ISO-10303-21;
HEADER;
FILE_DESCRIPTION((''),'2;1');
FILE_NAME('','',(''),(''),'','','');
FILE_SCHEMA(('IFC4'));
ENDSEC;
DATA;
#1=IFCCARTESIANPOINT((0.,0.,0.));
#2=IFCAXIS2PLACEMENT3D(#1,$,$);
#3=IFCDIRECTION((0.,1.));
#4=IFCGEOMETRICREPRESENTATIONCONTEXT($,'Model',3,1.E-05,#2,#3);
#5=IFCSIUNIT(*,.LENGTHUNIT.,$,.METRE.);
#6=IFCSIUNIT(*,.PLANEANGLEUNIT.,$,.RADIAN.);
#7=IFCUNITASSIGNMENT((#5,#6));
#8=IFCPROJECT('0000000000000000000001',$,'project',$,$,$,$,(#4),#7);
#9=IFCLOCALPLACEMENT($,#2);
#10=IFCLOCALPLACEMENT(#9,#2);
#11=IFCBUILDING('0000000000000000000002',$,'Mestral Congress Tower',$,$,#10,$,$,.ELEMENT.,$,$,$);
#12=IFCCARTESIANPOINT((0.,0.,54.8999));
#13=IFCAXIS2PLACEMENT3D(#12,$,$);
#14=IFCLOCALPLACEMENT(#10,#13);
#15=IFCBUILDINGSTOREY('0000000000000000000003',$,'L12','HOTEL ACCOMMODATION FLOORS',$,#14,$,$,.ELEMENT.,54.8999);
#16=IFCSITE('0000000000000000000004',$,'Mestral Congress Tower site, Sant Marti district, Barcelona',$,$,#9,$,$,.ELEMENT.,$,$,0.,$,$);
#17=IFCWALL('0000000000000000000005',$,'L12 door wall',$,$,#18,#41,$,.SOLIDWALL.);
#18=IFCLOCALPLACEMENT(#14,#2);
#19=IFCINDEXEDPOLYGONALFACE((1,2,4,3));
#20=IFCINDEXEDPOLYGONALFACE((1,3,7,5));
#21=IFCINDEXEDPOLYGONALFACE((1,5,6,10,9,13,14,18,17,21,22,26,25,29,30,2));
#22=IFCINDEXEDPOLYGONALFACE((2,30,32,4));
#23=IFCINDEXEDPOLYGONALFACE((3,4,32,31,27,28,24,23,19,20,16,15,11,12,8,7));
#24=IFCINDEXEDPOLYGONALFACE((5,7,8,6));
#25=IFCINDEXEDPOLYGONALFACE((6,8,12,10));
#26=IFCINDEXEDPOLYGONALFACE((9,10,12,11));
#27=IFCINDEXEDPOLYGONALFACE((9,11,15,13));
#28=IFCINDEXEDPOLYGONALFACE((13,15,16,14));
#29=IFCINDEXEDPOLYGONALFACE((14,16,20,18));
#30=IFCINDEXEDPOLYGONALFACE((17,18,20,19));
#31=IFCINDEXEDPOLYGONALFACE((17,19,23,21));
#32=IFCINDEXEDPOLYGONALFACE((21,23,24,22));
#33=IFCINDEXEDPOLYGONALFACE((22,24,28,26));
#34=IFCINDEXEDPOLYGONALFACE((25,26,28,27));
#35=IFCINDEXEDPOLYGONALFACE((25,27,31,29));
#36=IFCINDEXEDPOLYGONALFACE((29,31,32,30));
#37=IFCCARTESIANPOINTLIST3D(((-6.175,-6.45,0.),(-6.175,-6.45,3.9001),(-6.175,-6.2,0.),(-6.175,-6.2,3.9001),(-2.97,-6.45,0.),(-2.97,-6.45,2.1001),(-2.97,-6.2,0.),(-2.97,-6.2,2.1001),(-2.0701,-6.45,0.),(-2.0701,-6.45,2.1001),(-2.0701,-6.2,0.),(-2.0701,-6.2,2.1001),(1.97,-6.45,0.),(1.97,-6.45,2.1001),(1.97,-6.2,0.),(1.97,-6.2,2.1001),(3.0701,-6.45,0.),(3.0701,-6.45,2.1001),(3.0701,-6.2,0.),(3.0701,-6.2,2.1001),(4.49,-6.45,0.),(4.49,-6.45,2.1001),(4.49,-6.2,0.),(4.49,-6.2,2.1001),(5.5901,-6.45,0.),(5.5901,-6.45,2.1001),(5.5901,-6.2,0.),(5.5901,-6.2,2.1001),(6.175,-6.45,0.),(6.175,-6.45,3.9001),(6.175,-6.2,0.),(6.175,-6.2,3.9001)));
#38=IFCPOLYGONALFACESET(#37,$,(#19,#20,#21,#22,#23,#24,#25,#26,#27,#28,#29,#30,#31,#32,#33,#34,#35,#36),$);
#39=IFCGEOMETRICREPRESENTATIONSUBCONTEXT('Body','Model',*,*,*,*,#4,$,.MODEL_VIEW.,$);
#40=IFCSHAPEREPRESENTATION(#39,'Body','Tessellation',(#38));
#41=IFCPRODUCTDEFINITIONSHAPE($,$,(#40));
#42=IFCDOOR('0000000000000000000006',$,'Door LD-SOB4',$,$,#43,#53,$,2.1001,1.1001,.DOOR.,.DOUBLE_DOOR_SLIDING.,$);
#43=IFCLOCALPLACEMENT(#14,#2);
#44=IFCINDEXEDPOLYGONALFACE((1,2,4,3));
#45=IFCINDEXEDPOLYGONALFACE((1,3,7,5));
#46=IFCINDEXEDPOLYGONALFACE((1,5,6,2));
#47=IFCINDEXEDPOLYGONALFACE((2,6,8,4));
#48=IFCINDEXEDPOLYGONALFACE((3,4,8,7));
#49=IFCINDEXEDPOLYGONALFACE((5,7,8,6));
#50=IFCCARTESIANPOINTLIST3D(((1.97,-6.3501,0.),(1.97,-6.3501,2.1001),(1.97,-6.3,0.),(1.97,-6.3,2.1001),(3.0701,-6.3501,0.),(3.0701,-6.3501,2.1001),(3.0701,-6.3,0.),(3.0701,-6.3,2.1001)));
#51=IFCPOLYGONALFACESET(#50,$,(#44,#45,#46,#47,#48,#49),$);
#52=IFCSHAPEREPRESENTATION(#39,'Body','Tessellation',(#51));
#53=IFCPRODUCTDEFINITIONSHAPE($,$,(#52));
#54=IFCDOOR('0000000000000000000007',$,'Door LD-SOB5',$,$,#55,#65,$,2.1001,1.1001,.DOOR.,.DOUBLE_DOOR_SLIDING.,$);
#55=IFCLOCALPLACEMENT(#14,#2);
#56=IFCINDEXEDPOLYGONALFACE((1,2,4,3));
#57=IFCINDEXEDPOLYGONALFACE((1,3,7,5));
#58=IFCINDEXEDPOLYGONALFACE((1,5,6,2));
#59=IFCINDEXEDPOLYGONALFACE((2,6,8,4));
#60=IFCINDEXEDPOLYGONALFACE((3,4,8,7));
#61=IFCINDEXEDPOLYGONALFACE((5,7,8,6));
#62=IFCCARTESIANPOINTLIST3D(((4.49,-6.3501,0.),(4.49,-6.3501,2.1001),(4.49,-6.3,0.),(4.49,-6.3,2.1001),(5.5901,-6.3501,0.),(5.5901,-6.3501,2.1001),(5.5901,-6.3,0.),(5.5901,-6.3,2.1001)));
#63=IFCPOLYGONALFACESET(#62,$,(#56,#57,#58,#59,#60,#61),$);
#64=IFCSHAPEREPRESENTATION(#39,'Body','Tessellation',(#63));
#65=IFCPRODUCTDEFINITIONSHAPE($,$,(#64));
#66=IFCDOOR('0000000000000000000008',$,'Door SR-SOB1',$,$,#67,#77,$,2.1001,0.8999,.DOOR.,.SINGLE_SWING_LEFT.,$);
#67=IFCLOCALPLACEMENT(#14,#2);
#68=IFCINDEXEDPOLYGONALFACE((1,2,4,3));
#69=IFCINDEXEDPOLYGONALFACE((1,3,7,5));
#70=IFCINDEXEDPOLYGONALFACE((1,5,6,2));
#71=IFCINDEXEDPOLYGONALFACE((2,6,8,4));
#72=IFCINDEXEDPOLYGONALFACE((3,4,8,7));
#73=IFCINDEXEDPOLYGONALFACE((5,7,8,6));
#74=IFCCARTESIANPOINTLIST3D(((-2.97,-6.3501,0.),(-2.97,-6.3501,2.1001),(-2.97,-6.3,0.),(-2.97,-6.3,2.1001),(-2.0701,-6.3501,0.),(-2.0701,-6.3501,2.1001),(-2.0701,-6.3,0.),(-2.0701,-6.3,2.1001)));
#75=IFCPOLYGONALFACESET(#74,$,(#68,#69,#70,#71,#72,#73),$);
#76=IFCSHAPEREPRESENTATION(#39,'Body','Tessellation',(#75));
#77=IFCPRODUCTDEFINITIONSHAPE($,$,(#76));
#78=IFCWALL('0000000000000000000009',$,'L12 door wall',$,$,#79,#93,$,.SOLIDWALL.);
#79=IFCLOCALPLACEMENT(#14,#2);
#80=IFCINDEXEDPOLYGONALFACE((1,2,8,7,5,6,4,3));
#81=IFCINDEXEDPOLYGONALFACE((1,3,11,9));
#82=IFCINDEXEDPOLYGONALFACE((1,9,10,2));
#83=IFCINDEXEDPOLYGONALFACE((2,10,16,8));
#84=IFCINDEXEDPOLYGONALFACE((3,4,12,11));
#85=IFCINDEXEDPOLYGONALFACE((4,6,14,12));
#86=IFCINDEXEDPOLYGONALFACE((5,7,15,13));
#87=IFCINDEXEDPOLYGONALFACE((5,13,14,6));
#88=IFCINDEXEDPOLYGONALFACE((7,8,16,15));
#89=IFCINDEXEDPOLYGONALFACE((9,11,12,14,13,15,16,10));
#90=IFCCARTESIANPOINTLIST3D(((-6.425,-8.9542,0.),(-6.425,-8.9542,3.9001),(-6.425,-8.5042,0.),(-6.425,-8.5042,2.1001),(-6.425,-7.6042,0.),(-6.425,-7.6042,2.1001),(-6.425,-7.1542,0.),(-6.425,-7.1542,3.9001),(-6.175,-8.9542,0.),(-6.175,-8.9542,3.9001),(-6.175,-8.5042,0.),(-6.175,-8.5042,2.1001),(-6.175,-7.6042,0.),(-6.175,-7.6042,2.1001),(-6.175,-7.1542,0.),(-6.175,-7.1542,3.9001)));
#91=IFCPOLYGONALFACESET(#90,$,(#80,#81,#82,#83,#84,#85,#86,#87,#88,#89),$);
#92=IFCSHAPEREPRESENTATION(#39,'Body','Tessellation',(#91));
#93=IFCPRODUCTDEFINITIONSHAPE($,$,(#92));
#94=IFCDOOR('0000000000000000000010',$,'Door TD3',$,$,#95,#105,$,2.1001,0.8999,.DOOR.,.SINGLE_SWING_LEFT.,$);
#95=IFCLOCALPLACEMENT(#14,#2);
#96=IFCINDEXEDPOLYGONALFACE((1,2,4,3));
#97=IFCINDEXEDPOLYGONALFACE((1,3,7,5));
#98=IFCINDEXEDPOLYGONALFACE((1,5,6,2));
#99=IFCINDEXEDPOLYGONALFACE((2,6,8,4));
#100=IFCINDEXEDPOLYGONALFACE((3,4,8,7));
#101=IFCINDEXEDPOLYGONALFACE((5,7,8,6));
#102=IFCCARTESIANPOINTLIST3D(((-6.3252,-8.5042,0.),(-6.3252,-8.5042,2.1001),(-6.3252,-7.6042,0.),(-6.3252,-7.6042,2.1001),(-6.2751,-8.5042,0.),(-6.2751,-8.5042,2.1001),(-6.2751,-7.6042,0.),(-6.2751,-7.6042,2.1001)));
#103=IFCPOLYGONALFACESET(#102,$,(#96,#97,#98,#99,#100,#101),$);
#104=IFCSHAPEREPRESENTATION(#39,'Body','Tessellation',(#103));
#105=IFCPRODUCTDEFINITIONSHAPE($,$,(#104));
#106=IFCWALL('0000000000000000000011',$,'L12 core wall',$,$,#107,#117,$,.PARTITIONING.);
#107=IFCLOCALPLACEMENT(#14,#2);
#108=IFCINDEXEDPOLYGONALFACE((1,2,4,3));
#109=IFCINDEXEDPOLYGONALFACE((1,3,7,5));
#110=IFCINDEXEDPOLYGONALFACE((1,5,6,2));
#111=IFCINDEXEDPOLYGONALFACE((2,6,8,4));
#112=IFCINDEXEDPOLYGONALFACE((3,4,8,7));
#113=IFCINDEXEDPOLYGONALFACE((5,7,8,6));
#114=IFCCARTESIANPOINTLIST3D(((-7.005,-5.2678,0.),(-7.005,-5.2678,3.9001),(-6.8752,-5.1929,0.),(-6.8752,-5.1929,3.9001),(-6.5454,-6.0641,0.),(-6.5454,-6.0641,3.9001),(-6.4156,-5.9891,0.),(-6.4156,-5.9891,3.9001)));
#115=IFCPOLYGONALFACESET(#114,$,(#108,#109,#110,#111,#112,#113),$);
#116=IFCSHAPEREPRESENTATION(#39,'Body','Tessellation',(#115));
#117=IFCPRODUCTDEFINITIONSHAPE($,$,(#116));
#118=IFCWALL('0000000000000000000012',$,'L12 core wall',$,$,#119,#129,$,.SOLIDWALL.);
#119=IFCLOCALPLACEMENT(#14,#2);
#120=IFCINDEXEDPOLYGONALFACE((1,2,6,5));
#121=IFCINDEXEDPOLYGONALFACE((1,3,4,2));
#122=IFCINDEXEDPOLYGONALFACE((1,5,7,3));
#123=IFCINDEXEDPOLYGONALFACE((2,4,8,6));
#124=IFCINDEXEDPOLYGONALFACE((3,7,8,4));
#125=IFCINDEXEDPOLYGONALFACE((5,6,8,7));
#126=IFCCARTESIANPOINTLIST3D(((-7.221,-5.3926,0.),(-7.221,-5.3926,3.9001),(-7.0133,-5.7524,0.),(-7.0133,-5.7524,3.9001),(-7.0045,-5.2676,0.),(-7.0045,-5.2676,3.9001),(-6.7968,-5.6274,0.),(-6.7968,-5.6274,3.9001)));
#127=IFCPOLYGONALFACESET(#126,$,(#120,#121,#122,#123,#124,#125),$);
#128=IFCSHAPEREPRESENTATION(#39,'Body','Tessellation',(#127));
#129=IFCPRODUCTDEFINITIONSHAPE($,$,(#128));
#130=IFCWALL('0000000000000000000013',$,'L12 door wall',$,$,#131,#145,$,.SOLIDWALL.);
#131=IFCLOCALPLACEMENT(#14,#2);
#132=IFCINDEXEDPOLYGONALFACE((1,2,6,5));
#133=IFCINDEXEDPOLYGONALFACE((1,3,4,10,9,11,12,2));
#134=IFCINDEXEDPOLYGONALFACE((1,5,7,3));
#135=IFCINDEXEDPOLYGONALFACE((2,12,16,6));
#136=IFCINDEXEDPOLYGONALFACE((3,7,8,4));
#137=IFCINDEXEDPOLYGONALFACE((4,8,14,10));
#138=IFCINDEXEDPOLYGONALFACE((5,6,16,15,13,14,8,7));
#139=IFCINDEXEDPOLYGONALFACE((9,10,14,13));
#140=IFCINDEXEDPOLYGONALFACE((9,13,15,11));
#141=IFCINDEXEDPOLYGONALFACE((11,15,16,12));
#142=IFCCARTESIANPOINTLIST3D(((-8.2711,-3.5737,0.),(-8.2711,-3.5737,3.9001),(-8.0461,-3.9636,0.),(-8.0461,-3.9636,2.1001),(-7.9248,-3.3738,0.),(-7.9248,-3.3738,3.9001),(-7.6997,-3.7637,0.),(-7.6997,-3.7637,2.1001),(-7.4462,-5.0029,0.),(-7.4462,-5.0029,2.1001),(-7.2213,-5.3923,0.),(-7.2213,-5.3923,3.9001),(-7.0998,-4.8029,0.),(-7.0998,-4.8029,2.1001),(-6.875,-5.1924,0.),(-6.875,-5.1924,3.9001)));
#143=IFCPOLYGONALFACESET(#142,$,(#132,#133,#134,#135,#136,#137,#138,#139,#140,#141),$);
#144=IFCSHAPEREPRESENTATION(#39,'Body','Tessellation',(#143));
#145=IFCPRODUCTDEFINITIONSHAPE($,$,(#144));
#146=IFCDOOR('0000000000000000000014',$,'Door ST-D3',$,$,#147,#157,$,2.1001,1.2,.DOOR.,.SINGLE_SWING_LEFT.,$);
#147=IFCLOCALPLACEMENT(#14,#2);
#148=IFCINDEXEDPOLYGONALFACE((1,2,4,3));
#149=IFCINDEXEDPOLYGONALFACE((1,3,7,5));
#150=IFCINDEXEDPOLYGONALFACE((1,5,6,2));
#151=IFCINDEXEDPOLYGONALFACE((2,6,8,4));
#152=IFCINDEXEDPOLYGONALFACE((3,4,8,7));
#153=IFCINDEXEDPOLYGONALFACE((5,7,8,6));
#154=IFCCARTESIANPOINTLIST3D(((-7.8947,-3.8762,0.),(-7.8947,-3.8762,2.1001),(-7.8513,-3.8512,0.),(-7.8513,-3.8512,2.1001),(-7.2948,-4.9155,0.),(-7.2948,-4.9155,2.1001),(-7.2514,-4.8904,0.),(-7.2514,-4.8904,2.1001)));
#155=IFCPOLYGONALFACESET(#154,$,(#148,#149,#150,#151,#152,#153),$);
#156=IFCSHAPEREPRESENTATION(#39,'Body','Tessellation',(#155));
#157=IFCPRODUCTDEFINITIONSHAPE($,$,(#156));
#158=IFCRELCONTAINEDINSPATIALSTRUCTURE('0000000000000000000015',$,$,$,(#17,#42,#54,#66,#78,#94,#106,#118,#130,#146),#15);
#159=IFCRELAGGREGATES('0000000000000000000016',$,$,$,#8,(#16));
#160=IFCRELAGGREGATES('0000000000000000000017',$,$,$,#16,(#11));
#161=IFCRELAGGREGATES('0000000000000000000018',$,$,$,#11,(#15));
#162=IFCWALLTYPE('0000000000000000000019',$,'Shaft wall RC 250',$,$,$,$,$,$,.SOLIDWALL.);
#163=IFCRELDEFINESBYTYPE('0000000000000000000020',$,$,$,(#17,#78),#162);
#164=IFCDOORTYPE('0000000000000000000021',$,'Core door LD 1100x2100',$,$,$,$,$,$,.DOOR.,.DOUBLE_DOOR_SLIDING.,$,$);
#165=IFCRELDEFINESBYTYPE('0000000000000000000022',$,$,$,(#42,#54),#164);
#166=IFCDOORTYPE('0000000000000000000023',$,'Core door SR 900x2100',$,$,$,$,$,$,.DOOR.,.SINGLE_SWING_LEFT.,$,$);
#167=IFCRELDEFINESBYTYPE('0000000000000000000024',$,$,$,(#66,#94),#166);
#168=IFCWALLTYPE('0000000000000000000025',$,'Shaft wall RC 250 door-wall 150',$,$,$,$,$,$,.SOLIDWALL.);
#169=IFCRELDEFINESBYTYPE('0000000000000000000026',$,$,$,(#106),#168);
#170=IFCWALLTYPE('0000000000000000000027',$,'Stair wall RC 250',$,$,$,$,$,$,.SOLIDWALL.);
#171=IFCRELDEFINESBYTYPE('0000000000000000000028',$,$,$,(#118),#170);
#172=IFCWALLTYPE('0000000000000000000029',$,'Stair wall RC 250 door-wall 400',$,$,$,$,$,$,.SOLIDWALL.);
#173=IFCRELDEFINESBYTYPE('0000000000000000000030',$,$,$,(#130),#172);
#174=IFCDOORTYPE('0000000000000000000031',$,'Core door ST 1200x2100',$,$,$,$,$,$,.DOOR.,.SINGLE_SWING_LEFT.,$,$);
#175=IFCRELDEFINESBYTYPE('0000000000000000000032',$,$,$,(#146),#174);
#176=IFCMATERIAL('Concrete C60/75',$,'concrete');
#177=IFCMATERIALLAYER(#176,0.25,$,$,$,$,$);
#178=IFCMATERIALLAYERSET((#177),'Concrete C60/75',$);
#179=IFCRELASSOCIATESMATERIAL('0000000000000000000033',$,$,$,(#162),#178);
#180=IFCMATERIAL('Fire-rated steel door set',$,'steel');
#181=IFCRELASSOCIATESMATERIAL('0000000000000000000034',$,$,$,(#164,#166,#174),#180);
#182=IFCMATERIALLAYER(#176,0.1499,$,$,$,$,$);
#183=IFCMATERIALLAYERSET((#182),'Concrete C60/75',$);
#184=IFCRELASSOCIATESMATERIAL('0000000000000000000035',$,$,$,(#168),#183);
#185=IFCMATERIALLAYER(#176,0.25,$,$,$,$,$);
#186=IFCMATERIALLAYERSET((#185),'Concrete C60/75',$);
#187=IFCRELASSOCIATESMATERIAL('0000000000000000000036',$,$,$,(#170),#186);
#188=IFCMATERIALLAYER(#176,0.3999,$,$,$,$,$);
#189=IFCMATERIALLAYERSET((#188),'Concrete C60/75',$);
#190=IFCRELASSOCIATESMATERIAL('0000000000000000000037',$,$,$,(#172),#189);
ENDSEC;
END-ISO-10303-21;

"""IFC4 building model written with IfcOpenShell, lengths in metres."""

from ifc_helpers import new_model, si_unit, direction, frame, frame_2d, origin, place, context, subcontext, project, spatial, rectangle, extrude, material, layer, layer_set, type_object, element, fill, save


model = new_model("IFC4")

# Units and contexts
model_context = context("Model", 3, precision=1e-05, world=origin(), true_north=direction((0.0, 1.0)))
body_context = subcontext(model_context, "Body", "Model", "MODEL_VIEW")
ifc_project = project(units=[si_unit("LENGTHUNIT", "METRE"), si_unit("PLANEANGLEUNIT", "RADIAN")], contexts=[model_context])

# Site, building, storey
site_placement = place(None, origin())
site = spatial("IfcSite", under=ifc_project, at=site_placement, Name="Mestral Congress Tower site, Sant Marti district, Barcelona", CompositionType="ELEMENT", RefElevation=0.0)
building_placement = place(site_placement, origin())
building = spatial("IfcBuilding", under=site, at=building_placement, Name="Mestral Congress Tower", CompositionType="ELEMENT")
storey_placement = place(building_placement, frame((0.0, 0.0, 54.8999)))
storey = spatial("IfcBuildingStorey", under=building, at=storey_placement, Name="L12", Description="HOTEL ACCOMMODATION FLOORS", CompositionType="ELEMENT", Elevation=54.8999)

# Shared definitions
ifc_material_1 = material(Name="Fire-rated steel door set", Category="steel")

# Shared definitions
ifc_material_2 = material(Name="Concrete C60/75", Category="concrete")
ifc_layer_1 = layer(ifc_material_2, 0.25)
ifc_layer_set_1 = layer_set([ifc_layer_1], Name="Concrete C60/75")
wall_type_1 = type_object("IfcWallType", Name="Shaft wall RC 250", PredefinedType="SOLIDWALL", material=ifc_layer_set_1)

# Wall, openings, doors
door_type_1 = type_object("IfcDoorType", Name="Core door LD 1100x2100", OperationType="DOUBLE_DOOR_SLIDING", PredefinedType="DOOR", material=ifc_material_1)
wall_1_placement = place(storey_placement, frame((-6.175, -6.325, 0.0), z_axis=(0.0, 0.0, 1.0), x_axis=(1.0, 0.0, 0.0)))
wall_1 = element("IfcWall", 1, at=wall_1_placement, inside=storey, type_object=wall_type_1, Name="L12 door wall", PredefinedType="SOLIDWALL", context=body_context, shape_type="SweptSolid", body=[
    extrude(rectangle(XDim=12.3501, YDim=0.25, at=frame_2d((6.175, 0.0))), origin(), (0.0, 0.0, 1.0), 3.9001),
])
opening_1_placement = place(wall_1_placement, frame((3.2051, 0.0, 0.0)))
opening_1 = element("IfcOpeningElement", 2, at=opening_1_placement, cuts=wall_1, PredefinedType="OPENING", context=body_context, shape_type="SweptSolid", body=[
    extrude(rectangle(XDim=0.8999, YDim=2.1001, at=frame_2d((0.45, 1.05))), frame((0.0, 0.135, 0.0), z_axis=(0.0, -1.0, 0.0), x_axis=(1.0, 0.0, 0.0)), (0.0, 0.0, 1.0), 0.27),
])
opening_2_placement = place(wall_1_placement, frame((8.145, 0.0, 0.0)))
opening_2 = element("IfcOpeningElement", 3, at=opening_2_placement, cuts=wall_1, PredefinedType="OPENING", context=body_context, shape_type="SweptSolid", body=[
    extrude(rectangle(XDim=1.1001, YDim=2.1001, at=frame_2d((0.55, 1.05))), frame((0.0, 0.135, 0.0), z_axis=(0.0, -1.0, 0.0), x_axis=(1.0, 0.0, 0.0)), (0.0, 0.0, 1.0), 0.27),
])
opening_3_placement = place(wall_1_placement, frame((10.665, 0.0, 0.0)))
opening_3 = element("IfcOpeningElement", 4, at=opening_3_placement, cuts=wall_1, PredefinedType="OPENING", context=body_context, shape_type="SweptSolid", body=[
    extrude(rectangle(XDim=1.1001, YDim=2.1001, at=frame_2d((0.55, 1.05))), frame((0.0, 0.135, 0.0), z_axis=(0.0, -1.0, 0.0), x_axis=(1.0, 0.0, 0.0)), (0.0, 0.0, 1.0), 0.27),
])
door_1_placement = place(opening_2_placement, origin())
door_1 = element("IfcDoor", 5, at=door_1_placement, inside=storey, type_object=door_type_1, Name="Door LD-SOB4", OperationType="DOUBLE_DOOR_SLIDING", OverallHeight=2.1001, OverallWidth=1.1001, PredefinedType="DOOR", context=body_context, shape_type="SweptSolid", body=[
    extrude(rectangle(XDim=1.1001, YDim=2.1001, at=frame_2d((0.55, 1.05))), frame((0.0, 0.0249, 0.0), z_axis=(0.0, -1.0, 0.0), x_axis=(1.0, 0.0, 0.0)), (0.0, 0.0, 1.0), 0.05),
])
fill(opening_2, door_1)
door_2_placement = place(opening_3_placement, origin())
door_2 = element("IfcDoor", 6, at=door_2_placement, inside=storey, type_object=door_type_1, Name="Door LD-SOB5", OperationType="DOUBLE_DOOR_SLIDING", OverallHeight=2.1001, OverallWidth=1.1001, PredefinedType="DOOR", context=body_context, shape_type="SweptSolid", body=[
    extrude(rectangle(XDim=1.1001, YDim=2.1001, at=frame_2d((0.55, 1.05))), frame((0.0, 0.0249, 0.0), z_axis=(0.0, -1.0, 0.0), x_axis=(1.0, 0.0, 0.0)), (0.0, 0.0, 1.0), 0.05),
])
fill(opening_3, door_2)
door_type_2 = type_object("IfcDoorType", Name="Core door SR 900x2100", OperationType="SINGLE_SWING_LEFT", PredefinedType="DOOR", material=ifc_material_1)
door_3_placement = place(opening_1_placement, origin())
door_3 = element("IfcDoor", 7, at=door_3_placement, inside=storey, type_object=door_type_2, Name="Door SR-SOB1", OperationType="SINGLE_SWING_LEFT", OverallHeight=2.1001, OverallWidth=0.8999, PredefinedType="DOOR", context=body_context, shape_type="SweptSolid", body=[
    extrude(rectangle(XDim=0.8999, YDim=2.1001, at=frame_2d((0.45, 1.05))), frame((0.0, 0.0249, 0.0), z_axis=(0.0, -1.0, 0.0), x_axis=(1.0, 0.0, 0.0)), (0.0, 0.0, 1.0), 0.05),
])
fill(opening_1, door_3)

# Wall, opening, door
wall_2_placement = place(storey_placement, frame((-6.3, -7.1543, 0.0), z_axis=(0.0, 0.0, 1.0), x_axis=(0.0, -1.0, 0.0)))
wall_2 = element("IfcWall", 8, at=wall_2_placement, inside=storey, type_object=wall_type_1, Name="L12 door wall", PredefinedType="SOLIDWALL", context=body_context, shape_type="SweptSolid", body=[
    extrude(rectangle(XDim=1.8, YDim=0.25, at=frame_2d((0.8999, 0.0))), origin(), (0.0, 0.0, 1.0), 3.9001),
])
opening_4_placement = place(wall_2_placement, frame((0.45, 0.0, 0.0)))
opening_4 = element("IfcOpeningElement", 9, at=opening_4_placement, cuts=wall_2, PredefinedType="OPENING", context=body_context, shape_type="SweptSolid", body=[
    extrude(rectangle(XDim=0.8999, YDim=2.1001, at=frame_2d((0.45, 1.05))), frame((0.0, 0.135, 0.0), z_axis=(0.0, -1.0, 0.0), x_axis=(1.0, 0.0, 0.0)), (0.0, 0.0, 1.0), 0.27),
])
door_4_placement = place(opening_4_placement, origin())
door_4 = element("IfcDoor", 10, at=door_4_placement, inside=storey, type_object=door_type_2, Name="Door TD3", OperationType="SINGLE_SWING_LEFT", OverallHeight=2.1001, OverallWidth=0.8999, PredefinedType="DOOR", context=body_context, shape_type="SweptSolid", body=[
    extrude(rectangle(XDim=0.8999, YDim=2.1001, at=frame_2d((0.45, 1.05))), frame((0.0, 0.0249, 0.0), z_axis=(0.0, -1.0, 0.0), x_axis=(1.0, 0.0, 0.0)), (0.0, 0.0, 1.0), 0.05),
])
fill(opening_4, door_4)

# Walls
ifc_layer_2 = layer(ifc_material_2, 0.1499)
ifc_layer_set_2 = layer_set([ifc_layer_2], Name="Concrete C60/75")
wall_type_2 = type_object("IfcWallType", Name="Shaft wall RC 250 door-wall 150", PredefinedType="SOLIDWALL", material=ifc_layer_set_2)
wall_3_placement = place(storey_placement, frame((-6.4805, -6.0266, 0.0), z_axis=(0.0, 0.0, 1.0), x_axis=(-0.499937, 0.866062, 0.0)))
element("IfcWall", 11, at=wall_3_placement, inside=storey, type_object=wall_type_2, Name="L12 core wall", PredefinedType="PARTITIONING", context=body_context, shape_type="SweptSolid", body=[
    extrude(rectangle(XDim=0.9194, YDim=0.1499, at=frame_2d((0.4597, 0.0))), origin(), (0.0, 0.0, 1.0), 3.9001),
])
ifc_layer_3 = layer(ifc_material_2, 0.25)
ifc_layer_set_3 = layer_set([ifc_layer_3], Name="Concrete C60/75")
wall_type_3 = type_object("IfcWallType", Name="Stair wall RC 250", PredefinedType="SOLIDWALL", material=ifc_layer_set_3)
wall_4_placement = place(storey_placement, frame((-6.905, -5.6899, 0.0), z_axis=(0.0, 0.0, 1.0), x_axis=(-0.499994, 0.866029, 0.0)))
element("IfcWall", 12, at=wall_4_placement, inside=storey, type_object=wall_type_3, Name="L12 core wall", PredefinedType="SOLIDWALL", context=body_context, shape_type="SweptSolid", body=[
    extrude(rectangle(XDim=0.4155, YDim=0.25, at=frame_2d((0.2078, 0.0))), origin(), (0.0, 0.0, 1.0), 3.9001),
])

# Wall, opening, door
ifc_layer_4 = layer(ifc_material_2, 0.3999)
ifc_layer_set_4 = layer_set([ifc_layer_4], Name="Concrete C60/75")
wall_type_4 = type_object("IfcWallType", Name="Stair wall RC 250 door-wall 400", PredefinedType="SOLIDWALL", material=ifc_layer_set_4)
wall_5_placement = place(storey_placement, frame((-8.0979, -3.4739, 0.0), z_axis=(0.0, 0.0, 1.0), x_axis=(0.499941, -0.86606, 0.0)))
wall_5 = element("IfcWall", 13, at=wall_5_placement, inside=storey, type_object=wall_type_4, Name="L12 door wall", PredefinedType="SOLIDWALL", context=body_context, shape_type="SweptSolid", body=[
    extrude(rectangle(XDim=2.0999, YDim=0.3999, at=frame_2d((1.0498, 0.0))), origin(), (0.0, 0.0, 1.0), 3.9001),
])
opening_5_placement = place(wall_5_placement, frame((0.45, 0.0, 0.0)))
opening_5 = element("IfcOpeningElement", 14, at=opening_5_placement, cuts=wall_5, PredefinedType="OPENING", context=body_context, shape_type="SweptSolid", body=[
    extrude(rectangle(XDim=1.2, YDim=2.1001, at=frame_2d((0.6001, 1.05))), frame((0.0, 0.21, 0.0), z_axis=(0.0, -1.0, 0.0), x_axis=(1.0, 0.0, 0.0)), (0.0, 0.0, 1.0), 0.4199),
])
door_type_3 = type_object("IfcDoorType", Name="Core door ST 1200x2100", OperationType="SINGLE_SWING_LEFT", PredefinedType="DOOR", material=ifc_material_1)
door_5_placement = place(opening_5_placement, origin())
door_5 = element("IfcDoor", 15, at=door_5_placement, inside=storey, type_object=door_type_3, Name="Door ST-D3", OperationType="SINGLE_SWING_LEFT", OverallHeight=2.1001, OverallWidth=1.2, PredefinedType="DOOR", context=body_context, shape_type="SweptSolid", body=[
    extrude(rectangle(XDim=1.2, YDim=2.1001, at=frame_2d((0.6001, 1.05))), frame((0.0, 0.0249, 0.0), z_axis=(0.0, -1.0, 0.0), x_axis=(1.0, 0.0, 0.0)), (0.0, 0.0, 1.0), 0.05),
])
fill(opening_5, door_5)

save(model, "model.ifc")
